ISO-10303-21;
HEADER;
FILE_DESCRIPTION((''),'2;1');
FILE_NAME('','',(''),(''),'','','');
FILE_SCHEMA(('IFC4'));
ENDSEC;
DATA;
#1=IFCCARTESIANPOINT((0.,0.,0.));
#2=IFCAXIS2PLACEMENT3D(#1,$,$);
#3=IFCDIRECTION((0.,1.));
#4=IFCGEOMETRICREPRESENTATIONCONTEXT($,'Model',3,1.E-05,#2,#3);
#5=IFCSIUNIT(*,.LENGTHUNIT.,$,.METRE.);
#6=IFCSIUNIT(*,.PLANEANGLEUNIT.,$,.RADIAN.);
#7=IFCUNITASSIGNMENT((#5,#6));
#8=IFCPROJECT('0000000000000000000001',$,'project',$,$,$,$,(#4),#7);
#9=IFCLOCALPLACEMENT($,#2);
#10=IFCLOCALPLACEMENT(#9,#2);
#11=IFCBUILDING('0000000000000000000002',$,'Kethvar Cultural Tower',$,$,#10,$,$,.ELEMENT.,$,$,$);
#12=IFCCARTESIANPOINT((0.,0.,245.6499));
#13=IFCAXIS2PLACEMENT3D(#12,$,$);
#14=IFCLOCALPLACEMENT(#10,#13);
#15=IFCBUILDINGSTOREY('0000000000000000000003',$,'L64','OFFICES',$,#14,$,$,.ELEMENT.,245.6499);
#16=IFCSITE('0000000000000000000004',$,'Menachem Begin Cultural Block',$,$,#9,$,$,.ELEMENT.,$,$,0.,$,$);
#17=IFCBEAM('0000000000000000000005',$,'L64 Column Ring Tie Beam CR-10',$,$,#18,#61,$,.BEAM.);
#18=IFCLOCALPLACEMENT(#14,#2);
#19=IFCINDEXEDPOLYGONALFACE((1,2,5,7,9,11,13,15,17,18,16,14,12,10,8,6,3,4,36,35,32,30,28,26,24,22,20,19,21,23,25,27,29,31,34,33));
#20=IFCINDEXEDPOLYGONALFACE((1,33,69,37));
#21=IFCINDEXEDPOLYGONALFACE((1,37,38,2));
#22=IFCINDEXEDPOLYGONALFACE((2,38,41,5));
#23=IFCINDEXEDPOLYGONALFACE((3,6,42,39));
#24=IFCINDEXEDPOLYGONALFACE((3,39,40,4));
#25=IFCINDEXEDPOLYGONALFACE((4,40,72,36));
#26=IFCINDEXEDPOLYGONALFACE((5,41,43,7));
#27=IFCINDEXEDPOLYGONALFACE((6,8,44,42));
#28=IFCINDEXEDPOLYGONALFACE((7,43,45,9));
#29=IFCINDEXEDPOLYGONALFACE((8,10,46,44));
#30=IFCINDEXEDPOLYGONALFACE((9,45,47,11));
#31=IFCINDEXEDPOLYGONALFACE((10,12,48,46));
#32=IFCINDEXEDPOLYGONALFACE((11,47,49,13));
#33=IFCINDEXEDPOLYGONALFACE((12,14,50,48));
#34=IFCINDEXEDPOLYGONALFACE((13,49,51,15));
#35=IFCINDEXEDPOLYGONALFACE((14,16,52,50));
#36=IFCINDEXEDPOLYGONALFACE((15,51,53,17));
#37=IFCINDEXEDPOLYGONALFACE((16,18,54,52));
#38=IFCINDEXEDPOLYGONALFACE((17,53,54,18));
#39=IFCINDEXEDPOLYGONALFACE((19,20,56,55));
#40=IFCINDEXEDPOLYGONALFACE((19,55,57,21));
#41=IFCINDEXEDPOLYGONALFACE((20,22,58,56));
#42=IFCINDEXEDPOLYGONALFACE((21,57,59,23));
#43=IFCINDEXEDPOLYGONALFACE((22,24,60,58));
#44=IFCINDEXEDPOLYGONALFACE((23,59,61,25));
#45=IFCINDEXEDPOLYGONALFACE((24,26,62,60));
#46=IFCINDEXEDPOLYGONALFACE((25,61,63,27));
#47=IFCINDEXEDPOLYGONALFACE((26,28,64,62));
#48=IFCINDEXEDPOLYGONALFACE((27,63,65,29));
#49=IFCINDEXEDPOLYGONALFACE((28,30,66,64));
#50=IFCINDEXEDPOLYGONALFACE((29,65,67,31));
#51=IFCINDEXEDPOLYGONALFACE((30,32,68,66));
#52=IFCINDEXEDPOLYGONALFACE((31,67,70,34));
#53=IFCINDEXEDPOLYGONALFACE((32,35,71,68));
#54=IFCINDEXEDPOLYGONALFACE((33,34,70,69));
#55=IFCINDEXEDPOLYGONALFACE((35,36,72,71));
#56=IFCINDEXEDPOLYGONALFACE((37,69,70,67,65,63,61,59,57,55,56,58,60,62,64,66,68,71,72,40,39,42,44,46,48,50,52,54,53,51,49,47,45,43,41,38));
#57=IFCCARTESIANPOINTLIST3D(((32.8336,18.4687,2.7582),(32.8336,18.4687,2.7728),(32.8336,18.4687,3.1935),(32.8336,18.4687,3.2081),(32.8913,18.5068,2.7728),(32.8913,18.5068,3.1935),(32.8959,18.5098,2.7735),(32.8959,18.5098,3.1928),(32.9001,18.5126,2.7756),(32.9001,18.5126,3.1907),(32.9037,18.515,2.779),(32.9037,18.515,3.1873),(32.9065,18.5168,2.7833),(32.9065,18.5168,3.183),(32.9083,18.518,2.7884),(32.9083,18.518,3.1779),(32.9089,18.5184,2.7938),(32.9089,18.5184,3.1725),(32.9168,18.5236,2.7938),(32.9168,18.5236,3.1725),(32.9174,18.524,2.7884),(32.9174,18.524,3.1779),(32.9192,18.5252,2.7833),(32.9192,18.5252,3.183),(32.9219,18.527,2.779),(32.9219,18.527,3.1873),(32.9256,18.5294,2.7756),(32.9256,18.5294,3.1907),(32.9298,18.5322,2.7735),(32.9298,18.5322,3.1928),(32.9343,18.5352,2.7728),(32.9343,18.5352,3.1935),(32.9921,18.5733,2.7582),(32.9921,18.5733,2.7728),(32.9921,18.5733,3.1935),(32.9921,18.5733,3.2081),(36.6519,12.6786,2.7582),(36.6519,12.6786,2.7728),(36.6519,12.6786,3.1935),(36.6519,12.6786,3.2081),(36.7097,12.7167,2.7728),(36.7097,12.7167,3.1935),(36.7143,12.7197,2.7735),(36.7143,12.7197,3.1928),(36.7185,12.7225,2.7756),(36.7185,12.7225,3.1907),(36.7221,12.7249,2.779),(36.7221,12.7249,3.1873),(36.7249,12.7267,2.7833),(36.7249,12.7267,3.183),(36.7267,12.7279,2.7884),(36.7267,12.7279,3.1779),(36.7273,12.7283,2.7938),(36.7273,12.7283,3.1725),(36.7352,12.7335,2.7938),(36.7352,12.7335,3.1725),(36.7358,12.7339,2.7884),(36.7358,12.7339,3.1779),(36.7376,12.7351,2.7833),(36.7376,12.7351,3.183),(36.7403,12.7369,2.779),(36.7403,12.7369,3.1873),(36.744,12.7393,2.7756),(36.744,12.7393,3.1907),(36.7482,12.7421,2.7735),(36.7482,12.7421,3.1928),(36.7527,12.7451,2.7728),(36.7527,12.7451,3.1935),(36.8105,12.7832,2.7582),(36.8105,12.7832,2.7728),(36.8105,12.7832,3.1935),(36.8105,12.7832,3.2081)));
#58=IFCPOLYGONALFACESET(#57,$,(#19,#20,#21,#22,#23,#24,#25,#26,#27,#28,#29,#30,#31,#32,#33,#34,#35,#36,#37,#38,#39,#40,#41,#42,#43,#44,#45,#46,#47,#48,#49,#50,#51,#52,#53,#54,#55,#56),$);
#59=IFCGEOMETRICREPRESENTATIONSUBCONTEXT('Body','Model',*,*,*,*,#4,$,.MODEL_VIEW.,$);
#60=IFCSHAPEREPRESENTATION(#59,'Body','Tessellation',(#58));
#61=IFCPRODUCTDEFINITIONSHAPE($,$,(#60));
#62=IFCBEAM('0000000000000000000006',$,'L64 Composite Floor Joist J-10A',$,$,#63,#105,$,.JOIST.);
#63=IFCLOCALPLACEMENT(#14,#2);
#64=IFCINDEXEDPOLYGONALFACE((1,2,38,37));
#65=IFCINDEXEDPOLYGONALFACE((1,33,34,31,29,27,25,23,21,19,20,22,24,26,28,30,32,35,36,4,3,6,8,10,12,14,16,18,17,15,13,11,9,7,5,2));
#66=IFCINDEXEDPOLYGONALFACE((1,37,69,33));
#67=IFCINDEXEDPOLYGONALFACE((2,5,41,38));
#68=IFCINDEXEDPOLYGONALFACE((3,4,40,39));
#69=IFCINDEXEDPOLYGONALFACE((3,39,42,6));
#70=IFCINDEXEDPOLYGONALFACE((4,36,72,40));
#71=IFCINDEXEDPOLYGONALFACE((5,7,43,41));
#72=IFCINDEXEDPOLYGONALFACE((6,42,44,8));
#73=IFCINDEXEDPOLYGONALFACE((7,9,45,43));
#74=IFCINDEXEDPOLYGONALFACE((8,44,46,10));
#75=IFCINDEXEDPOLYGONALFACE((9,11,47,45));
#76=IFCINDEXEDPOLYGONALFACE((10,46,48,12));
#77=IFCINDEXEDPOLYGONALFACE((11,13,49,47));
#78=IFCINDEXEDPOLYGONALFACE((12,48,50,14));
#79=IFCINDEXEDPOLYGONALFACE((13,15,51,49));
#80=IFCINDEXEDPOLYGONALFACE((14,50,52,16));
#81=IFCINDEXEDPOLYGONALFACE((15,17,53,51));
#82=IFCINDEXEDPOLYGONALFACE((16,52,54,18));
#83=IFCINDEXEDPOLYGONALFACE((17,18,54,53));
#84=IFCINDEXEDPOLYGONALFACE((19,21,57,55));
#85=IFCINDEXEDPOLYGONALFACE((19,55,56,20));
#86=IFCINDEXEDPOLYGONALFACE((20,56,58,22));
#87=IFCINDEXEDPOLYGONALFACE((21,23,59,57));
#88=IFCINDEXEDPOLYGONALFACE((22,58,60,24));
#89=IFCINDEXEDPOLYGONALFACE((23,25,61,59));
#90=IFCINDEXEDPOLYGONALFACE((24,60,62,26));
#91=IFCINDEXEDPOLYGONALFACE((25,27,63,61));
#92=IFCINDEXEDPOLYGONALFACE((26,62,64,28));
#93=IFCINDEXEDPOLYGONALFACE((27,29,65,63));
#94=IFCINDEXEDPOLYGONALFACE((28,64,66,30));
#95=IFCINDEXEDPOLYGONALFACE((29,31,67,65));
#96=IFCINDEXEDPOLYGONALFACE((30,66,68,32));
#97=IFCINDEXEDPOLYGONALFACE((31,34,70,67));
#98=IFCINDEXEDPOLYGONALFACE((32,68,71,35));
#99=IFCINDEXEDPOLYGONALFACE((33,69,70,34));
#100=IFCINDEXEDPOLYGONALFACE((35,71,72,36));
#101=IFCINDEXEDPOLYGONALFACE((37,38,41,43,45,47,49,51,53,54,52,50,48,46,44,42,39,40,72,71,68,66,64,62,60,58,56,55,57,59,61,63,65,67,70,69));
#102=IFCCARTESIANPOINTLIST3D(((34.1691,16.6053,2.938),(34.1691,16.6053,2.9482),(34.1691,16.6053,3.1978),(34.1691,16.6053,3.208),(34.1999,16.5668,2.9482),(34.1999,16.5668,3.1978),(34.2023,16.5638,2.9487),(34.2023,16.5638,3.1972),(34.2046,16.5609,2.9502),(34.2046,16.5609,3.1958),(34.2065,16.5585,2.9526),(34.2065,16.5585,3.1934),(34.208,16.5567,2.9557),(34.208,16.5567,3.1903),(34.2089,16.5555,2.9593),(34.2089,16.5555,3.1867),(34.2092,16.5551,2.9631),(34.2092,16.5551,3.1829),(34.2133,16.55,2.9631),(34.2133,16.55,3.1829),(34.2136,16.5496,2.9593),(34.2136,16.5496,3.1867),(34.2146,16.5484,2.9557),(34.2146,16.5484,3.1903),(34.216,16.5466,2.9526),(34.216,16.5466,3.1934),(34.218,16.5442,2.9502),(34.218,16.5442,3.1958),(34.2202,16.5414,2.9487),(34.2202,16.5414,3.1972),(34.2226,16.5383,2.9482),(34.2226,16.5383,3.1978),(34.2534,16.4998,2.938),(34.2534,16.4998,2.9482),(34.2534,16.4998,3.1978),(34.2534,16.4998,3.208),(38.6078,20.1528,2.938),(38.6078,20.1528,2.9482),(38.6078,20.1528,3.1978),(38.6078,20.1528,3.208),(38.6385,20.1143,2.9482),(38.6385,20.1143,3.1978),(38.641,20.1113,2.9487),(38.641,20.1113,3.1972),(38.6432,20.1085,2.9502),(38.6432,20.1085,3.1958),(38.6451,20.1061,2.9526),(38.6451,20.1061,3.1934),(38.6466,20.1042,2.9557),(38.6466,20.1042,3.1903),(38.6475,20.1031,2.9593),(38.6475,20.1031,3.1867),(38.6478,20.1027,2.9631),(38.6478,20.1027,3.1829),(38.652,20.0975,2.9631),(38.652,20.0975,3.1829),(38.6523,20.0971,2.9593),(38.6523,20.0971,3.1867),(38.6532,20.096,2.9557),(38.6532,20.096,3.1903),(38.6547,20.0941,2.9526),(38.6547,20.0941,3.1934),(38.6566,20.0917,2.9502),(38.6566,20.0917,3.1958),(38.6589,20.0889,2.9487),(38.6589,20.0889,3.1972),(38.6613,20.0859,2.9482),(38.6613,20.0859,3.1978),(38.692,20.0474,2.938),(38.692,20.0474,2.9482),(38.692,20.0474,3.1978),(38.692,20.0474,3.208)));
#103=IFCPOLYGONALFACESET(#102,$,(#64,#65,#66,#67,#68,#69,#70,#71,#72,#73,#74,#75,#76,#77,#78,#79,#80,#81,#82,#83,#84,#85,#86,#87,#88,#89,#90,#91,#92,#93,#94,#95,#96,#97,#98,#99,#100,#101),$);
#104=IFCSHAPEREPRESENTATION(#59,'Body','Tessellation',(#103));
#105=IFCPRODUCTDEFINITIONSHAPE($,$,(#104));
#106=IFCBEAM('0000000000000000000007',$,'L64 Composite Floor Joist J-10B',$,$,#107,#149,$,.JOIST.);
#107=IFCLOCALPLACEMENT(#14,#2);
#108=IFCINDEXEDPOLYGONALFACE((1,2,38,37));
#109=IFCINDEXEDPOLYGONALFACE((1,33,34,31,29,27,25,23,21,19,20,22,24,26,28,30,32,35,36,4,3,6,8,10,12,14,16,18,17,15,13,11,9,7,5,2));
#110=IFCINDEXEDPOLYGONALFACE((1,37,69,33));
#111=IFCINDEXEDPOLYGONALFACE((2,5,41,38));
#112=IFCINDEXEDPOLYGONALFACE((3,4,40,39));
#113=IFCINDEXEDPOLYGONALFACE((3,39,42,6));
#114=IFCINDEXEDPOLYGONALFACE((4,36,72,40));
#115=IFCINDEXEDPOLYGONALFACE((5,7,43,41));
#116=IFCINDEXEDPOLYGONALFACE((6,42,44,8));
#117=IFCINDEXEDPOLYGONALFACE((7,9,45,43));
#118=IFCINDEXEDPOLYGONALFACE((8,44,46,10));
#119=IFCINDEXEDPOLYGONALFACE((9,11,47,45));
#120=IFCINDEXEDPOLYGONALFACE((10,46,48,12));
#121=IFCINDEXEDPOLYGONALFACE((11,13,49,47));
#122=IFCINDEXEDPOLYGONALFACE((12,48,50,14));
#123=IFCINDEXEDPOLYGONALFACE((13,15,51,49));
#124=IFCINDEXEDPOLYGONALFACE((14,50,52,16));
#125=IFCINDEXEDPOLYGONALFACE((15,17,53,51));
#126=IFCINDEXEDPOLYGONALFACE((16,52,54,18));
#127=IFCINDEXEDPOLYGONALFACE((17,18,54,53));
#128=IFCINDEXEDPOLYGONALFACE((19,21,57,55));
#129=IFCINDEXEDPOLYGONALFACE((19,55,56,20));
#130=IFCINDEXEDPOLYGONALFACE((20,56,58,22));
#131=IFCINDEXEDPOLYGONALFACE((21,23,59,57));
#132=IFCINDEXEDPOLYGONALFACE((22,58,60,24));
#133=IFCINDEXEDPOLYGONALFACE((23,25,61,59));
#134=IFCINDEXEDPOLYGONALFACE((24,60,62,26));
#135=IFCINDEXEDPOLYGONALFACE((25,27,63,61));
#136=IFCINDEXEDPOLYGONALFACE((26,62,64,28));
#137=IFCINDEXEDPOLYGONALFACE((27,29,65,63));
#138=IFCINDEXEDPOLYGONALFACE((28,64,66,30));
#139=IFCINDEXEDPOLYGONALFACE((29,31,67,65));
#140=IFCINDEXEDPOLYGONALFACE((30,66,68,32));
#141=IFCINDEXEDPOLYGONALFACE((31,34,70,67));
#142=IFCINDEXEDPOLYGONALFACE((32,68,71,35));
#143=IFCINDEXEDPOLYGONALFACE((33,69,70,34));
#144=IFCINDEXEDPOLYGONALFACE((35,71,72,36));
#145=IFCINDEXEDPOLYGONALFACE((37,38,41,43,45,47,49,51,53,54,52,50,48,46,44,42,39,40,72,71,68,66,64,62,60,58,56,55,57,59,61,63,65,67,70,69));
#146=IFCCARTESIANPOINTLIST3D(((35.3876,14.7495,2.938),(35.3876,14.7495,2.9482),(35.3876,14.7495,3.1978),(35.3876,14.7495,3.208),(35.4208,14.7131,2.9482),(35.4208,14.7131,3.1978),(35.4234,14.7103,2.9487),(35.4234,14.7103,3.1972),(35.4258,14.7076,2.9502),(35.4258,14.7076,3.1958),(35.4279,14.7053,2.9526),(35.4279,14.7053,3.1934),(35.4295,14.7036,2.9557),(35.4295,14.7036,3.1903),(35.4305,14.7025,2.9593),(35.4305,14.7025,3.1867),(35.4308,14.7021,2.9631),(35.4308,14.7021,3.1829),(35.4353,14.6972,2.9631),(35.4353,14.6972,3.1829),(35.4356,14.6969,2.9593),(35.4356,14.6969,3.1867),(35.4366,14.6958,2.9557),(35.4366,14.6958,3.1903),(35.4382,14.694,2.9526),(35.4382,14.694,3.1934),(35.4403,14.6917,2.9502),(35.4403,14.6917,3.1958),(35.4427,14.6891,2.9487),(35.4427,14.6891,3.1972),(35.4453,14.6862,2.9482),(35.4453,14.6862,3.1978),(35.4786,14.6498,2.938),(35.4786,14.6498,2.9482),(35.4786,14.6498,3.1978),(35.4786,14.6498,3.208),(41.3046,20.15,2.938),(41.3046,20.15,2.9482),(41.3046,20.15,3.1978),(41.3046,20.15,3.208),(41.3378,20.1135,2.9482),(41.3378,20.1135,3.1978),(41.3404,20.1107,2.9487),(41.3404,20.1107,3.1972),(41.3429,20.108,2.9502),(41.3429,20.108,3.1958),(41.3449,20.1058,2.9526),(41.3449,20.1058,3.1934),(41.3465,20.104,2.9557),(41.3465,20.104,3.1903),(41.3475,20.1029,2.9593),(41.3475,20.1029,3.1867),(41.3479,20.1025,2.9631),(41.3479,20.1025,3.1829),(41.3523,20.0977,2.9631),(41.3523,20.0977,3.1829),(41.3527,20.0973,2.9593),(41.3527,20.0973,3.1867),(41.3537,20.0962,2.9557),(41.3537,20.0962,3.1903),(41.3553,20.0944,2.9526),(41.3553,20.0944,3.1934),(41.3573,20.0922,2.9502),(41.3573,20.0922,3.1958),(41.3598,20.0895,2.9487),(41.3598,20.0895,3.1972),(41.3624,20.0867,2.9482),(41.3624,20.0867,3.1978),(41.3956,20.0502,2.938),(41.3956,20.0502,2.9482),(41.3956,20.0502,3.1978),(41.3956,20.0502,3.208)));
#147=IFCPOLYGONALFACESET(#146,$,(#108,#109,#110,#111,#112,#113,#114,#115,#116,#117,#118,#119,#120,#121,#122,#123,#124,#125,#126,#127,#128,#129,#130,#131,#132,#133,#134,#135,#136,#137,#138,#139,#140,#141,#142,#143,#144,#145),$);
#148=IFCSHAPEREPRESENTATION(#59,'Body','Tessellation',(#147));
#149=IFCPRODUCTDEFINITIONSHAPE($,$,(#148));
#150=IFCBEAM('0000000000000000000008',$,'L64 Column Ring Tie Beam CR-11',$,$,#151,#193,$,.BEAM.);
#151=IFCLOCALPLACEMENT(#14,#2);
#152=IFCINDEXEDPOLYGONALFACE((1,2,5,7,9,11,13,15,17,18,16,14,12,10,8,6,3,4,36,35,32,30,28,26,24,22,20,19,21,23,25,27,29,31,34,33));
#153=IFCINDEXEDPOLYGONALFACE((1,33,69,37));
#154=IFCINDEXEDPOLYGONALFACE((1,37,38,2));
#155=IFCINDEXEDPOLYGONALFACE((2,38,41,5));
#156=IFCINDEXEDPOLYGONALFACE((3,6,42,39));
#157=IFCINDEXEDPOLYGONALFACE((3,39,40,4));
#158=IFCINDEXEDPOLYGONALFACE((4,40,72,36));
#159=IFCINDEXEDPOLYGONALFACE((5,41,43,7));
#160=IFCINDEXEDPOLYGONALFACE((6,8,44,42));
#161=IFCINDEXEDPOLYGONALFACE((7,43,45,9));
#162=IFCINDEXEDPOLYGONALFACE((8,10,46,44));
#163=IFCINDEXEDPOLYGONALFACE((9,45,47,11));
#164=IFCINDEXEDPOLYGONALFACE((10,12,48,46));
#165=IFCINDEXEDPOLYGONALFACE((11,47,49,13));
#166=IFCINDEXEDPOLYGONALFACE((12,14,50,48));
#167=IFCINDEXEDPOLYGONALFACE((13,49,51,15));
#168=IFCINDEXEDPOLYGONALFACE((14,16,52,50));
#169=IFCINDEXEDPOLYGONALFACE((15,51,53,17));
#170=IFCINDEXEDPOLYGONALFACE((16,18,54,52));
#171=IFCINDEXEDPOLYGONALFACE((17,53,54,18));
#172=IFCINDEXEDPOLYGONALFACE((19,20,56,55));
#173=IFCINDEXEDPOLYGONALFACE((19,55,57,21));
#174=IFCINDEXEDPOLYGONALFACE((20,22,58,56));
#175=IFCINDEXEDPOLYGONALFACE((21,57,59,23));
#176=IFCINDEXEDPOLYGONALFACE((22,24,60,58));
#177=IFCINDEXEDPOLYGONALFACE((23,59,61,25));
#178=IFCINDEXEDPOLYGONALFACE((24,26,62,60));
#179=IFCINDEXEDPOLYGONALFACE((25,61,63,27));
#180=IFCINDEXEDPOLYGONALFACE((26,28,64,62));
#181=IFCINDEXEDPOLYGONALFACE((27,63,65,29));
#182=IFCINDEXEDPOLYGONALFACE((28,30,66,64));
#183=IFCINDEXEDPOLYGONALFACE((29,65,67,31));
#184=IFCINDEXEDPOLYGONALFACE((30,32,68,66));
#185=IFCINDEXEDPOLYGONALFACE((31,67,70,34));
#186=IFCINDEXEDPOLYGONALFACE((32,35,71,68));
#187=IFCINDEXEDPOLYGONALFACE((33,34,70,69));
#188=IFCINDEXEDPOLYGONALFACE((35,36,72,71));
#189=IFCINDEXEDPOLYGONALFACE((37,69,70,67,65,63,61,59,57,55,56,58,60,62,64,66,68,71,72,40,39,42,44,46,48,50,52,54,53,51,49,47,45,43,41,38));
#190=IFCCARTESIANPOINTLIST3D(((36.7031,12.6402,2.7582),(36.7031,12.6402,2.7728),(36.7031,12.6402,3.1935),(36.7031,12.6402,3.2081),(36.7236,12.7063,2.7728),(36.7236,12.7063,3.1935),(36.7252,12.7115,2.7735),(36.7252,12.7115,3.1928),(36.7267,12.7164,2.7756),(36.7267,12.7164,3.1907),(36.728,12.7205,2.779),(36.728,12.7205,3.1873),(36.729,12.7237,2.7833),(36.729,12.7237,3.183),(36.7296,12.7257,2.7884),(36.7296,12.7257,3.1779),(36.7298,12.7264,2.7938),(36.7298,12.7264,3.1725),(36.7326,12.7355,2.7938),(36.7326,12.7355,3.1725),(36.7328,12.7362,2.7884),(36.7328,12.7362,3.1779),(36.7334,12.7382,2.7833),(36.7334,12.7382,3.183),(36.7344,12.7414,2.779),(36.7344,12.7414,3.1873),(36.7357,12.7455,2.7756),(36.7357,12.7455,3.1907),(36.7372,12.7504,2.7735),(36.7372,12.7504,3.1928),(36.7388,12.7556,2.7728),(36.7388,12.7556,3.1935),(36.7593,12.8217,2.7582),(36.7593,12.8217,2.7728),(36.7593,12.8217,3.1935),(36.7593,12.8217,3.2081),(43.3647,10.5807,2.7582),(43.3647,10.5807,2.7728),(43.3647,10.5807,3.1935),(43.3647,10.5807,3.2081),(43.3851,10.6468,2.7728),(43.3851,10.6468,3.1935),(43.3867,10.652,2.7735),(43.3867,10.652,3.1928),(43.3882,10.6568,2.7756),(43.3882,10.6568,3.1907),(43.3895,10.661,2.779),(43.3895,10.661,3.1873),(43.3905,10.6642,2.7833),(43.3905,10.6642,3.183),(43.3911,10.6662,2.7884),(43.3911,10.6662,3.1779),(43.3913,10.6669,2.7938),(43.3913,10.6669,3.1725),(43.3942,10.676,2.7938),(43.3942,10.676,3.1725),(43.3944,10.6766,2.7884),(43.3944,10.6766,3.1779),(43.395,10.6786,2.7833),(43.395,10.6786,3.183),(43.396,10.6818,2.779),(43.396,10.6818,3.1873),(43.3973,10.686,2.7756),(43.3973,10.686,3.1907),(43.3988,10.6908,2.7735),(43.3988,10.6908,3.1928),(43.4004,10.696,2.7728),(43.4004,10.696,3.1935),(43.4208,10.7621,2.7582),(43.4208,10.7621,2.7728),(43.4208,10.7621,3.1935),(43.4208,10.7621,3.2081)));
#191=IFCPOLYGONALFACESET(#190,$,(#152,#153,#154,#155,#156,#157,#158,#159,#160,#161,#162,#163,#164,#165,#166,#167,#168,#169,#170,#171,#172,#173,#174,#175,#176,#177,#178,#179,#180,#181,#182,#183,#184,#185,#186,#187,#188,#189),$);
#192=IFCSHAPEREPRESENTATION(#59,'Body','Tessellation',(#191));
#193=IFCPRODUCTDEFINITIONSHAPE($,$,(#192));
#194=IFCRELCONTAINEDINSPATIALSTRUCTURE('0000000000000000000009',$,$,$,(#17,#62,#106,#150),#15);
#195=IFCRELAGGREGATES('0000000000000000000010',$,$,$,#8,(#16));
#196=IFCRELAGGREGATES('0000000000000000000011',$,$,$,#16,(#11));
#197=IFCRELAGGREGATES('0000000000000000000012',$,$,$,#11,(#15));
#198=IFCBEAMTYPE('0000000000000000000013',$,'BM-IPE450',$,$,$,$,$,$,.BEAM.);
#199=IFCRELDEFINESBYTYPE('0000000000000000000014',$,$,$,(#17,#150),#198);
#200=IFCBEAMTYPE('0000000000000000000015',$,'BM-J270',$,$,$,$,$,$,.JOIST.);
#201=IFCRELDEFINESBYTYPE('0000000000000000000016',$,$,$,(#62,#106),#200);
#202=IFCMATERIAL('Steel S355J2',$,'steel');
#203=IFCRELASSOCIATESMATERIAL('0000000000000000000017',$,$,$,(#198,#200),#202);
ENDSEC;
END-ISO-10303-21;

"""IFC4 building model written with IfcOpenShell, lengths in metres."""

from ifc_helpers import new_model, si_unit, direction, frame, origin, origin_2d, place, context, subcontext, project, spatial, i_section, extrude, source, transform, mapped, material, material_profile, profile_set, type_object, element, save


model = new_model("IFC4")

# Units and contexts
model_context = context("Model", 3, precision=1e-05, world=origin(), true_north=direction((0.0, 1.0)))
body_context = subcontext(model_context, "Body", "Model", "MODEL_VIEW")
ifc_project = project(units=[si_unit("LENGTHUNIT", "METRE"), si_unit("PLANEANGLEUNIT", "RADIAN")], contexts=[model_context])

# Site, building, storey
site_placement = place(None, origin())
site = spatial("IfcSite", under=ifc_project, at=site_placement, Name="Menachem Begin Cultural Block", CompositionType="ELEMENT", RefElevation=0.0)
building_placement = place(site_placement, origin())
building = spatial("IfcBuilding", under=site, at=building_placement, Name="Kethvar Cultural Tower", CompositionType="ELEMENT")
storey_placement = place(building_placement, frame((0.0, 0.0, 245.6499)))
storey = spatial("IfcBuildingStorey", under=building, at=storey_placement, Name="L64", Description="OFFICES", CompositionType="ELEMENT", Elevation=245.6499)

# Beams
ifc_material_1 = material(Name="Steel S355J2", Category="steel")
ifc_material_profile_1 = material_profile(ifc_material_1, i_section(OverallWidth=0.1899, OverallDepth=0.45, WebThickness=0.0095, FlangeThickness=0.0146, FilletRadius=0.021, at=origin_2d()), Name="Steel S355J2 — IPE450")
ifc_profile_set_1 = profile_set([ifc_material_profile_1], Name="Steel S355J2 — IPE450")
beam_type_1 = type_object("IfcBeamType", Name="BM-IPE450", PredefinedType="BEAM", material=ifc_profile_set_1)
ifc_material_profile_2 = material_profile(ifc_material_1, i_section(OverallWidth=0.135, OverallDepth=0.27, WebThickness=0.0066, FlangeThickness=0.0103, FilletRadius=0.0149, at=origin_2d()), Name="Steel S355J2 — IPE270")
ifc_profile_set_2 = profile_set([ifc_material_profile_2], Name="Steel S355J2 — IPE270")
beam_type_2 = type_object("IfcBeamType", Name="BM-J270", PredefinedType="JOIST", material=ifc_profile_set_2)
shared_shape_1 = source(origin(), body_context, "Body", "SweptSolid", [
    extrude(i_section(OverallWidth=0.1899, OverallDepth=0.45, WebThickness=0.0095, FlangeThickness=0.0146, FilletRadius=0.021, at=origin_2d()), origin(), (0.0, 0.0, 1.0), 6.9358),
])
beam_1_placement = place(storey_placement, frame((32.9128, 18.521, 2.9832), z_axis=(0.550534, -0.834813, 0.0), x_axis=(0.834813, 0.550534, 0.0)))
element("IfcBeam", 1, at=beam_1_placement, inside=storey, type_object=beam_type_1, Name="L64 Column Ring Tie Beam CR-10", PredefinedType="BEAM", context=body_context, shape_type="MappedRepresentation", body=[
    mapped(shared_shape_1, transform((0.0, 0.0, 0.0), scale=1.0)),
])
shared_shape_2 = source(origin(), body_context, "Body", "SweptSolid", [
    extrude(i_section(OverallWidth=0.135, OverallDepth=0.27, WebThickness=0.0066, FlangeThickness=0.0103, FilletRadius=0.0149, at=origin_2d()), origin(), (0.0, 0.0, 1.0), 5.6821),
])
beam_2_placement = place(storey_placement, frame((38.6499, 20.1001, 3.073), z_axis=(-0.781158, -0.624333, 0.0), x_axis=(0.624333, -0.781158, 0.0)))
element("IfcBeam", 2, at=beam_2_placement, inside=storey, type_object=beam_type_2, Name="L64 Composite Floor Joist J-10A", PredefinedType="JOIST", context=body_context, shape_type="MappedRepresentation", body=[
    mapped(shared_shape_2, transform((0.0, 0.0, 0.0), scale=1.0)),
])
shared_shape_3 = source(origin(), body_context, "Body", "SweptSolid", [
    extrude(i_section(OverallWidth=0.135, OverallDepth=0.27, WebThickness=0.0066, FlangeThickness=0.0103, FilletRadius=0.0149, at=origin_2d()), origin(), (0.0, 0.0, 1.0), 8.011),
])
beam_3_placement = place(storey_placement, frame((41.3501, 20.1001, 3.073), z_axis=(-0.738615, -0.674128, 0.0), x_axis=(0.674128, -0.738615, 0.0)))
element("IfcBeam", 3, at=beam_3_placement, inside=storey, type_object=beam_type_2, Name="L64 Composite Floor Joist J-10B", PredefinedType="JOIST", context=body_context, shape_type="MappedRepresentation", body=[
    mapped(shared_shape_3, transform((0.0, 0.0, 0.0), scale=1.0)),
])
shared_shape_4 = source(origin(), body_context, "Body", "SweptSolid", [
    extrude(i_section(OverallWidth=0.1899, OverallDepth=0.45, WebThickness=0.0095, FlangeThickness=0.0146, FilletRadius=0.021, at=origin_2d()), origin(), (0.0, 0.0, 1.0), 6.9727),
])
beam_4_placement = place(storey_placement, frame((36.7312, 12.731, 2.9832), z_axis=(0.955381, -0.295375, 0.0), x_axis=(0.295375, 0.955381, 0.0)))
element("IfcBeam", 4, at=beam_4_placement, inside=storey, type_object=beam_type_1, Name="L64 Column Ring Tie Beam CR-11", PredefinedType="BEAM", context=body_context, shape_type="MappedRepresentation", body=[
    mapped(shared_shape_4, transform((0.0, 0.0, 0.0), scale=1.0)),
])

save(model, "model.ifc")
